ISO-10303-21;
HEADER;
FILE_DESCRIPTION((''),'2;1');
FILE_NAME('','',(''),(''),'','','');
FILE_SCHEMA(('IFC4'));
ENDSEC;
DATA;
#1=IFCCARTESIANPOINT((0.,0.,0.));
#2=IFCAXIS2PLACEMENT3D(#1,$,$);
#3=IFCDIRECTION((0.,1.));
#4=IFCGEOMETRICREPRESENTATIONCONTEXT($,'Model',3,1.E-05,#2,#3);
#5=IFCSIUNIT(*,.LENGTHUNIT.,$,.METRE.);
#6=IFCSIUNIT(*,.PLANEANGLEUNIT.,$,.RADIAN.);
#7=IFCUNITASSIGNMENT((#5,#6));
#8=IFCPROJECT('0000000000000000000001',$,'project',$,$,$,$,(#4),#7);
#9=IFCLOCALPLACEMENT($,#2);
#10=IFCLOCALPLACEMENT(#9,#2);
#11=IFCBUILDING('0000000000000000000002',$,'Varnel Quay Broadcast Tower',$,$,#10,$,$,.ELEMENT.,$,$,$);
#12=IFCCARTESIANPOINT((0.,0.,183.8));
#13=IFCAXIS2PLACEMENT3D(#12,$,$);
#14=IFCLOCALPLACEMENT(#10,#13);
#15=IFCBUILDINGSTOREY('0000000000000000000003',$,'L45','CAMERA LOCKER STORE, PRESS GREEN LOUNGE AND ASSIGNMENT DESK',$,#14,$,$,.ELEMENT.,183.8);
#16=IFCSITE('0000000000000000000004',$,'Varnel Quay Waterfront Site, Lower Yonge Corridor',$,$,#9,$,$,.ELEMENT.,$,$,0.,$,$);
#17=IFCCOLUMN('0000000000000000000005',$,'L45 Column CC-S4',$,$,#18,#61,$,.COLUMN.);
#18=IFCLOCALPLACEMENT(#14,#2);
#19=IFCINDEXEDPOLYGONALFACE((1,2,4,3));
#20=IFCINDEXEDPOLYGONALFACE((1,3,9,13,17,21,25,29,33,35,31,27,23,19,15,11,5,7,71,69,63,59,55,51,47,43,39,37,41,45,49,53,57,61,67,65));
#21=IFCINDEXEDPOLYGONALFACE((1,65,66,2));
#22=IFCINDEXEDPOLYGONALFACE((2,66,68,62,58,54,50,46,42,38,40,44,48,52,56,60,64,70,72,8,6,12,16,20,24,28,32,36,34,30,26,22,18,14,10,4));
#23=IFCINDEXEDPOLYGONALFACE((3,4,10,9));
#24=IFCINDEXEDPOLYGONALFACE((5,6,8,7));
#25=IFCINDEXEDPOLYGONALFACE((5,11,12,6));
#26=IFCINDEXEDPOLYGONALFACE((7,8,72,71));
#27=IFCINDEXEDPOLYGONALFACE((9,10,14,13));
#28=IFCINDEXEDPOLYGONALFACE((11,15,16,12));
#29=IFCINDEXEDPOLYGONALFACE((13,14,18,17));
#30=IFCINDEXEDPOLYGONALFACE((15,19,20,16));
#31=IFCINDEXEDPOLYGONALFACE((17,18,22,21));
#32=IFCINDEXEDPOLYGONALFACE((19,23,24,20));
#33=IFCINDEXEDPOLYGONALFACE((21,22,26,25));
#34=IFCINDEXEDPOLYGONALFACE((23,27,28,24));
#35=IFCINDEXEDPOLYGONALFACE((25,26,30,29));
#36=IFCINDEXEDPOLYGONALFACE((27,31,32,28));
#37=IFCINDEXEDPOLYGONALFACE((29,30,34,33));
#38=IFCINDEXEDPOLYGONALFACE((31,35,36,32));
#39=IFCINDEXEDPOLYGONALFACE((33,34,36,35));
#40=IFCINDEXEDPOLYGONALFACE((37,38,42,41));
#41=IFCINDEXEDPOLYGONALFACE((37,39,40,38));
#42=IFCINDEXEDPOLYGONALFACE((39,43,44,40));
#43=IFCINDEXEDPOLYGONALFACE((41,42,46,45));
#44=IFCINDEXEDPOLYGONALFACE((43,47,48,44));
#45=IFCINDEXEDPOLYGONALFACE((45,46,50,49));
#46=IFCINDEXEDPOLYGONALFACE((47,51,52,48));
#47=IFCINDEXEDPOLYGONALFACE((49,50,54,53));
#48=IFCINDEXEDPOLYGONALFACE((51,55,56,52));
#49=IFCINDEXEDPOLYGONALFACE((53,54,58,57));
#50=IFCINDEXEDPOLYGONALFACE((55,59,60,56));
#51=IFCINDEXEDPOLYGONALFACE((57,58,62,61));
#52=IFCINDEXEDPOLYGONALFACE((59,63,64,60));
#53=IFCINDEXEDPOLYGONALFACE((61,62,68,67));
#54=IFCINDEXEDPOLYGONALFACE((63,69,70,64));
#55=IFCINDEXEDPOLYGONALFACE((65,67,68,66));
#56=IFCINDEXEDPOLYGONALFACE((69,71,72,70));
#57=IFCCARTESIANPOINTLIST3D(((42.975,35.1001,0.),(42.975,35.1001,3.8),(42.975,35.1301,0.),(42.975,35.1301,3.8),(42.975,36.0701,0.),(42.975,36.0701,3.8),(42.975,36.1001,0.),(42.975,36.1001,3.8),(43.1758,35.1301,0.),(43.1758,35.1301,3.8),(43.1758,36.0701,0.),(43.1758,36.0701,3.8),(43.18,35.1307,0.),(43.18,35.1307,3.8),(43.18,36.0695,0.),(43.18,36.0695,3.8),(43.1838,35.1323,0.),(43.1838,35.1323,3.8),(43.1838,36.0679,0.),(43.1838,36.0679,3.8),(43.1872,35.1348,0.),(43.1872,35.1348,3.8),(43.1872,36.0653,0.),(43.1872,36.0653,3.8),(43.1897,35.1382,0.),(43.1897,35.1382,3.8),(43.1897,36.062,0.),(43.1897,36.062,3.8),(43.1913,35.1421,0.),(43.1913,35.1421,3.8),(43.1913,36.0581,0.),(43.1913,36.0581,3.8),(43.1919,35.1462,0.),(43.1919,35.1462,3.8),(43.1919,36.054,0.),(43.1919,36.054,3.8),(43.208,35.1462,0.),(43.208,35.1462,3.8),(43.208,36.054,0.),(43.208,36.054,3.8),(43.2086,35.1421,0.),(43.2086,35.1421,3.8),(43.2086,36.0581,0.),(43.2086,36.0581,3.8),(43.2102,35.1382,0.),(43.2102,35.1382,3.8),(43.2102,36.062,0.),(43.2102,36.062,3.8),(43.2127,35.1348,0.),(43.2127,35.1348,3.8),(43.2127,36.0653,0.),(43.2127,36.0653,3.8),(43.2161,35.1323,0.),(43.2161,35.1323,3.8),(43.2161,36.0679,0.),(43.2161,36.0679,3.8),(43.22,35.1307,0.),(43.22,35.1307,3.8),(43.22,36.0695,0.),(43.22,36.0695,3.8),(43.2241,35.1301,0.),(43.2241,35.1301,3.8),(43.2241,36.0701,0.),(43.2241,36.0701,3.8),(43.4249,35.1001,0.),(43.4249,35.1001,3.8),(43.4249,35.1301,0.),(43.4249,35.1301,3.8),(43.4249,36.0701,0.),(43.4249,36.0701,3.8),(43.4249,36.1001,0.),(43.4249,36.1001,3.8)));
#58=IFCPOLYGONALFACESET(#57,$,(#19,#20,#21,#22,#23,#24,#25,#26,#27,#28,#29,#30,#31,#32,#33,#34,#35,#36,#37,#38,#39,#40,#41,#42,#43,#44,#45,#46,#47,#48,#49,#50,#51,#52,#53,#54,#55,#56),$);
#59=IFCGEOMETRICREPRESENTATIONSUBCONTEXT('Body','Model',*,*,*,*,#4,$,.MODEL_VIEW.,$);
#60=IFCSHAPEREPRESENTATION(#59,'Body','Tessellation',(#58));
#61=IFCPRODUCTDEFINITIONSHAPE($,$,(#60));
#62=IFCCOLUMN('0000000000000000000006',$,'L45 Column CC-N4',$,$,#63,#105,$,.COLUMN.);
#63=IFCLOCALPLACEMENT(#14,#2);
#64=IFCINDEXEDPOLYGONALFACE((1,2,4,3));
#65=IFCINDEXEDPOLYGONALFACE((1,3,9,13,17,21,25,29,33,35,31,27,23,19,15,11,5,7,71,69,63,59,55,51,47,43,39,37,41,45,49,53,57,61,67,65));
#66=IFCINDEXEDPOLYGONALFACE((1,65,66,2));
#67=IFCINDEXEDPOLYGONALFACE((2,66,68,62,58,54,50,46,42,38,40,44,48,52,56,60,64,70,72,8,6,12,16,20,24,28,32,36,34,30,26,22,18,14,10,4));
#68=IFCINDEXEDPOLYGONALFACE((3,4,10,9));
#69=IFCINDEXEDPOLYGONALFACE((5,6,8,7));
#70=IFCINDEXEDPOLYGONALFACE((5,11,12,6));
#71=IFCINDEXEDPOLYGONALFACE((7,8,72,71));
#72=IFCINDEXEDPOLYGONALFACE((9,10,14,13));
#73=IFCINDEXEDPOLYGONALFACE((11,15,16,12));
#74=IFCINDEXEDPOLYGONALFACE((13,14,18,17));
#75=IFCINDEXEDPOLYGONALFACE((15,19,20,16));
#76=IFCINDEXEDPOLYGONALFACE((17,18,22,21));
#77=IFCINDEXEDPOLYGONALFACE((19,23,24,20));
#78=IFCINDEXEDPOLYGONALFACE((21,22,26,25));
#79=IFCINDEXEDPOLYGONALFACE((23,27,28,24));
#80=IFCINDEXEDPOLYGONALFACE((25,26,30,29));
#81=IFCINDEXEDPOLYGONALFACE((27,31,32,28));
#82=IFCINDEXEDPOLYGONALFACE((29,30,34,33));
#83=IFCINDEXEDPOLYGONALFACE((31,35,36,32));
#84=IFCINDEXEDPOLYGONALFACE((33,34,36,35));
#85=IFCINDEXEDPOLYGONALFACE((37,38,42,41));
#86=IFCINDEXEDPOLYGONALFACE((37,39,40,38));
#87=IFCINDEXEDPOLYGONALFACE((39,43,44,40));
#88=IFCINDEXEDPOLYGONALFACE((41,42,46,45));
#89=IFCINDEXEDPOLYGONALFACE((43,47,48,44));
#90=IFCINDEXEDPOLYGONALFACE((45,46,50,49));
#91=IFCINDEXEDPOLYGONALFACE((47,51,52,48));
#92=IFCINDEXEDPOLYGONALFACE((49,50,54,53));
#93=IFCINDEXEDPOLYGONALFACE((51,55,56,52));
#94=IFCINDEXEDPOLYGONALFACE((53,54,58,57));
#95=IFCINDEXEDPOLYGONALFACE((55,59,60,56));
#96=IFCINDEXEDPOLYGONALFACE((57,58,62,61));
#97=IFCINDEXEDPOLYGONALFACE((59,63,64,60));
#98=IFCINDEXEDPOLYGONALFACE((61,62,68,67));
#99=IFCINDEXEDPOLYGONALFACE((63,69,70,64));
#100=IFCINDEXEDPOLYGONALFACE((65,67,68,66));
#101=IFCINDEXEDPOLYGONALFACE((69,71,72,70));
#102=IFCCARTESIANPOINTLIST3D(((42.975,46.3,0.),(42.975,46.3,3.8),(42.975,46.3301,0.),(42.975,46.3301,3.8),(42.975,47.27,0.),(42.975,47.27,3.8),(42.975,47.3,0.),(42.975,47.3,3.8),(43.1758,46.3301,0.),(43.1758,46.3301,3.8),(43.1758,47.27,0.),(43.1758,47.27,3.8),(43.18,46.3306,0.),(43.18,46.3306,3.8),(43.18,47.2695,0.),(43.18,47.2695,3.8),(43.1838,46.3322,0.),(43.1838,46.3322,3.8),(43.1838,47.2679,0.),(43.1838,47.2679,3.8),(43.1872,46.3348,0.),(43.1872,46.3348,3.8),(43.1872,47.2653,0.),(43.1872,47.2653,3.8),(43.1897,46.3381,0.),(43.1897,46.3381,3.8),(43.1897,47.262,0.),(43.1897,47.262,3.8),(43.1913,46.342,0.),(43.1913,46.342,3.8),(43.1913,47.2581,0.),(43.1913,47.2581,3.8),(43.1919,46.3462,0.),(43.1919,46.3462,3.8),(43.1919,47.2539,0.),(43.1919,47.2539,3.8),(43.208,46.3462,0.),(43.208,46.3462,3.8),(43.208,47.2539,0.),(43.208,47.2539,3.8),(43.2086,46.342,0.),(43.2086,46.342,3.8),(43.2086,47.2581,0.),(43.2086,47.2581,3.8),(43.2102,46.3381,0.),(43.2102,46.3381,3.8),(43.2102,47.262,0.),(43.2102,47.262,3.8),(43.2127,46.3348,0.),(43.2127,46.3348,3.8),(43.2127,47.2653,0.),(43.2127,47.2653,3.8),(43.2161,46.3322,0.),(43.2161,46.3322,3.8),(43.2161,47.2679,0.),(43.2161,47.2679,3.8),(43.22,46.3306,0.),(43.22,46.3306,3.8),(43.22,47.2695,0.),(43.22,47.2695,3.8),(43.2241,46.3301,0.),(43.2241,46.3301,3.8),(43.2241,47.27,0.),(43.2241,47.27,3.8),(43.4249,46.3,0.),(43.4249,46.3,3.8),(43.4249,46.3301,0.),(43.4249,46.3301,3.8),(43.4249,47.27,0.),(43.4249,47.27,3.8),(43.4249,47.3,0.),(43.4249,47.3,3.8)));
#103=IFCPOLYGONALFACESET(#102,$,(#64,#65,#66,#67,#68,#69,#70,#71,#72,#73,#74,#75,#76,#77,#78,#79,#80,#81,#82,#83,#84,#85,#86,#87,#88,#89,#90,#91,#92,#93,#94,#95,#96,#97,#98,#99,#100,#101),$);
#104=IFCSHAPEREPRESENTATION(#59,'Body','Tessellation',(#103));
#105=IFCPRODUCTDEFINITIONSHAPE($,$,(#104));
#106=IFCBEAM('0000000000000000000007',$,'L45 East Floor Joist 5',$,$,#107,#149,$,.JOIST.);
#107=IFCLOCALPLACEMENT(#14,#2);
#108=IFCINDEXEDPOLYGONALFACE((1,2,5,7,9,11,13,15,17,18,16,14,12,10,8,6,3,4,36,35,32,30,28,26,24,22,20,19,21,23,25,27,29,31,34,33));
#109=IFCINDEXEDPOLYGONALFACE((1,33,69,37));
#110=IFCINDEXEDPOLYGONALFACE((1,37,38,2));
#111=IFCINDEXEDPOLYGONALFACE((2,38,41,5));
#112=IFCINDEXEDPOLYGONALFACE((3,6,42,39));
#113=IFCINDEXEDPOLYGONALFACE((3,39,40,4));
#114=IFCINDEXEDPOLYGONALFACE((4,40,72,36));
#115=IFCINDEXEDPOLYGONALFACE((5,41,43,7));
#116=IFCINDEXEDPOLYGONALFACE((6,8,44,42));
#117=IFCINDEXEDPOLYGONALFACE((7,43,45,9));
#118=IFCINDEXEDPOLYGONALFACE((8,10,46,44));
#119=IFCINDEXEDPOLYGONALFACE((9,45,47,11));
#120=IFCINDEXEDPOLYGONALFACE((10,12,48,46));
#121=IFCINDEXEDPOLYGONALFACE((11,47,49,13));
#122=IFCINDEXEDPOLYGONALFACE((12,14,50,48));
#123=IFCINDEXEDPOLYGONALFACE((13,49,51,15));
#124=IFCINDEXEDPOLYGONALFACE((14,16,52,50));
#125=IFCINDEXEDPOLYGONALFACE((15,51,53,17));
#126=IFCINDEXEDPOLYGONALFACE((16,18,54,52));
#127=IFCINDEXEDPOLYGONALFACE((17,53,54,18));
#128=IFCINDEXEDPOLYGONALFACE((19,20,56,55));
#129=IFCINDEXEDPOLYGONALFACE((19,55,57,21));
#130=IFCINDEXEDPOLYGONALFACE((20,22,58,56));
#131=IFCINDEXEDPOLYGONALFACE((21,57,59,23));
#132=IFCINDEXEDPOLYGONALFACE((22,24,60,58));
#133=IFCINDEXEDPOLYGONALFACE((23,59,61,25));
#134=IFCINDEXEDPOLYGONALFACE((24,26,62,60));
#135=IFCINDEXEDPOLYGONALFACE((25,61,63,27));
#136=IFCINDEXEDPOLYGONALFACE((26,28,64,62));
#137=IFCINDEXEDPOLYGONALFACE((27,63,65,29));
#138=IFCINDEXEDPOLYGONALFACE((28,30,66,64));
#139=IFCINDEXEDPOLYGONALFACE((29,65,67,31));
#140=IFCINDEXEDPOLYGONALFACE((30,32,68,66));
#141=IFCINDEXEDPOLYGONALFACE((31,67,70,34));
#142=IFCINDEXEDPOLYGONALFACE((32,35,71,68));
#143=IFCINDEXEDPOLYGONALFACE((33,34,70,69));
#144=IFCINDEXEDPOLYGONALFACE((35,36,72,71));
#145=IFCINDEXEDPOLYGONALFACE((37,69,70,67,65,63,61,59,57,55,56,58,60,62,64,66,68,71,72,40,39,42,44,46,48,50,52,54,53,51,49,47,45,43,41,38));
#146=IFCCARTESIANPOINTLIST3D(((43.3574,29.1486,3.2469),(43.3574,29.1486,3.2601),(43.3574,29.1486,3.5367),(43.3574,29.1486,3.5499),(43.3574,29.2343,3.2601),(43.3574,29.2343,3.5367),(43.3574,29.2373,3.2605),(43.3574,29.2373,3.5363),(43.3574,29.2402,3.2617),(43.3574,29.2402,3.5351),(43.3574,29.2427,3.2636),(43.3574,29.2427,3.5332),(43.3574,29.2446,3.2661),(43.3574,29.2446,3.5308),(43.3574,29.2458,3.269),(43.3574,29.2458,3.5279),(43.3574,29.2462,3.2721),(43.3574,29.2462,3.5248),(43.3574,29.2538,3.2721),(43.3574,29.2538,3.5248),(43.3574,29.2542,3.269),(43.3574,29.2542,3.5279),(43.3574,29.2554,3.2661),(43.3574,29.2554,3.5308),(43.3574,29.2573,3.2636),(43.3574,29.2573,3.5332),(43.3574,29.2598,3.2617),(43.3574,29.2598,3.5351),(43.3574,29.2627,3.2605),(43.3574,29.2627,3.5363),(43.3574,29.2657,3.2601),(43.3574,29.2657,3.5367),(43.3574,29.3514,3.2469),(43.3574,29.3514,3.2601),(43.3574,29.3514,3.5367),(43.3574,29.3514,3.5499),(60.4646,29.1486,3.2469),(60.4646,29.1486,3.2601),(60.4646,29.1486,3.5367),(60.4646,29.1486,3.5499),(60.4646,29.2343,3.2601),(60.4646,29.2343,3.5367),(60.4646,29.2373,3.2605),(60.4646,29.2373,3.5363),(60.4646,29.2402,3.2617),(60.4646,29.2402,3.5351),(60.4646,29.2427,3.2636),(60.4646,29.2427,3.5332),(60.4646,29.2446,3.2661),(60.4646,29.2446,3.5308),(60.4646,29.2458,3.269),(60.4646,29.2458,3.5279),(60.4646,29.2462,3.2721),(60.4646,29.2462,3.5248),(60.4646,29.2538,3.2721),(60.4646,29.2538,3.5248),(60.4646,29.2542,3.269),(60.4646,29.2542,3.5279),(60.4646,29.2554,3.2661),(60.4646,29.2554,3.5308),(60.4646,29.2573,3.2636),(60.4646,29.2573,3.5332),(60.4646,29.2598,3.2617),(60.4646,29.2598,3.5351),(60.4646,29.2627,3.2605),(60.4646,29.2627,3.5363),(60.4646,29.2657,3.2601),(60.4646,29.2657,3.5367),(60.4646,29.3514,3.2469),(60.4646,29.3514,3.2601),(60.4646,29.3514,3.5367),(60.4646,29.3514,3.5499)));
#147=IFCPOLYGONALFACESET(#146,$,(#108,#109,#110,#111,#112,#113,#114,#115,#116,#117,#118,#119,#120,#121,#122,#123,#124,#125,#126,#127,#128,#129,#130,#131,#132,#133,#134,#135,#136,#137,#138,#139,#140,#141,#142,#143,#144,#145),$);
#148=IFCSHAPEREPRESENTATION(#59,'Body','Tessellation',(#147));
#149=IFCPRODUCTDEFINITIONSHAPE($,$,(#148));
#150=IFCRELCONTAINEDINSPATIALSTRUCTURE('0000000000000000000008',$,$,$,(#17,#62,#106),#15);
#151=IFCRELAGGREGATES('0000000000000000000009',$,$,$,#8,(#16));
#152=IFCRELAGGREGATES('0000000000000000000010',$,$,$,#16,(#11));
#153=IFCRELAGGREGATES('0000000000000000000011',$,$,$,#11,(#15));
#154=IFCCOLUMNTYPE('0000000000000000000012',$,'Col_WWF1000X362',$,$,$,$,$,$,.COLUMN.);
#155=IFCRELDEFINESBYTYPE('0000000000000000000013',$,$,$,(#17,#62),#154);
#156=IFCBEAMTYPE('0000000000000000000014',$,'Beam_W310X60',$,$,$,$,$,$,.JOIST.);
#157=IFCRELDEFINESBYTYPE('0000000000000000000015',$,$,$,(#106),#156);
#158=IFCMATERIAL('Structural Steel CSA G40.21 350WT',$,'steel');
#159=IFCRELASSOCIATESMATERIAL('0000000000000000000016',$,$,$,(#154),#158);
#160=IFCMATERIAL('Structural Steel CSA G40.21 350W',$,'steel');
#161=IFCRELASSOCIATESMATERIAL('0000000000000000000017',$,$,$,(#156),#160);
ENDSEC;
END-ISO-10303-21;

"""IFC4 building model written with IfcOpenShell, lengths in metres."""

from ifc_helpers import new_model, si_unit, direction, frame, origin, origin_2d, place, context, subcontext, project, spatial, i_section, extrude, source, transform, mapped, material, material_profile, profile_set, type_object, type_shapes, element, save


model = new_model("IFC4")

# Units and contexts
model_context = context("Model", 3, precision=1e-05, world=origin(), true_north=direction((0.0, 1.0)))
body_context = subcontext(model_context, "Body", "Model", "MODEL_VIEW")
ifc_project = project(units=[si_unit("LENGTHUNIT", "METRE"), si_unit("PLANEANGLEUNIT", "RADIAN")], contexts=[model_context])

# Site, building, storey
site_placement = place(None, origin())
site = spatial("IfcSite", under=ifc_project, at=site_placement, Name="Varnel Quay Waterfront Site, Lower Yonge Corridor", CompositionType="ELEMENT", RefElevation=0.0)
building_placement = place(site_placement, origin())
building = spatial("IfcBuilding", under=site, at=building_placement, Name="Varnel Quay Broadcast Tower", CompositionType="ELEMENT")
storey_placement = place(building_placement, frame((0.0, 0.0, 183.8)))
storey = spatial("IfcBuildingStorey", under=building, at=storey_placement, Name="L45", Description="CAMERA LOCKER STORE, PRESS GREEN LOUNGE AND ASSIGNMENT DESK", CompositionType="ELEMENT", Elevation=183.8)

# Columns
ifc_material_1 = material(Name="Structural Steel CSA G40.21 350WT", Category="steel")
ifc_material_profile_1 = material_profile(ifc_material_1, i_section(OverallWidth=0.45, OverallDepth=1.0, WebThickness=0.0161, FlangeThickness=0.03, FilletRadius=0.0161, at=origin_2d()), Name="WWF1000X362")
ifc_profile_set_1 = profile_set([ifc_material_profile_1], Name="Structural Steel CSA G40.21 350WT")
column_type = type_object("IfcColumnType", Name="Col_WWF1000X362", PredefinedType="COLUMN", material=ifc_profile_set_1)
shared_shape_1 = source(origin(), body_context, "Body", "SweptSolid", [
    extrude(i_section(OverallWidth=0.45, OverallDepth=1.0, WebThickness=0.0161, FlangeThickness=0.03, FilletRadius=0.0161, at=origin_2d()), origin(), (0.0, 0.0, 1.0), 3.8),
])
type_shapes(column_type, [shared_shape_1])
for number, where, z_axis, x_axis, name in (
    (1, (43.2, 35.6001, 0.0), (0.0, 0.0, 1.0), (1.0, 0.0, 0.0), "L45 Column CC-S4"),
    (2, (43.2, 46.8, 0.0), (0.0, 0.0, 1.0), (1.0, 0.0, 0.0), "L45 Column CC-N4"),
):
    element("IfcColumn", number, at=place(storey_placement, frame(where, z_axis=z_axis, x_axis=x_axis)), inside=storey, type_object=column_type, Name=name, PredefinedType="COLUMN", context=body_context, shape_type="MappedRepresentation", body=[
        mapped(shared_shape_1, transform((0.0, 0.0, 0.0), x_axis=(1.0, 0.0, 0.0), y_axis=(0.0, 1.0, 0.0), z_axis=(0.0, 0.0, 1.0), scale=1.0)),
    ])

# Beam
ifc_material_2 = material(Name="Structural Steel CSA G40.21 350W", Category="steel")
ifc_material_profile_2 = material_profile(ifc_material_2, i_section(OverallWidth=0.2029, OverallDepth=0.303, WebThickness=0.0076, FlangeThickness=0.0132, FilletRadius=0.012, at=origin_2d()), Name="W310X60")
ifc_profile_set_2 = profile_set([ifc_material_profile_2], Name="Structural Steel CSA G40.21 350W")
beam_type_1 = type_object("IfcBeamType", Name="Beam_W310X60", PredefinedType="JOIST", material=ifc_profile_set_2)
shared_shape_2 = source(origin(), body_context, "Body", "SweptSolid", [
    extrude(i_section(OverallWidth=0.2029, OverallDepth=0.303, WebThickness=0.0076, FlangeThickness=0.0132, FilletRadius=0.012, at=origin_2d()), origin(), (0.0, 0.0, 1.0), 17.1072),
])
type_shapes(beam_type_1, [shared_shape_2])
beam_1_placement = place(storey_placement, frame((43.3574, 29.25, 3.3984), z_axis=(1.0, 0.0, 0.0), x_axis=(0.0, 1.0, 0.0)))
element("IfcBeam", 3, at=beam_1_placement, inside=storey, type_object=beam_type_1, Name="L45 East Floor Joist 5", PredefinedType="JOIST", context=body_context, shape_type="MappedRepresentation", body=[
    mapped(shared_shape_2, transform((0.0, 0.0, 0.0), x_axis=(1.0, 0.0, 0.0), y_axis=(0.0, 1.0, 0.0), z_axis=(0.0, 0.0, 1.0), scale=1.0)),
])

save(model, "model.ifc")
